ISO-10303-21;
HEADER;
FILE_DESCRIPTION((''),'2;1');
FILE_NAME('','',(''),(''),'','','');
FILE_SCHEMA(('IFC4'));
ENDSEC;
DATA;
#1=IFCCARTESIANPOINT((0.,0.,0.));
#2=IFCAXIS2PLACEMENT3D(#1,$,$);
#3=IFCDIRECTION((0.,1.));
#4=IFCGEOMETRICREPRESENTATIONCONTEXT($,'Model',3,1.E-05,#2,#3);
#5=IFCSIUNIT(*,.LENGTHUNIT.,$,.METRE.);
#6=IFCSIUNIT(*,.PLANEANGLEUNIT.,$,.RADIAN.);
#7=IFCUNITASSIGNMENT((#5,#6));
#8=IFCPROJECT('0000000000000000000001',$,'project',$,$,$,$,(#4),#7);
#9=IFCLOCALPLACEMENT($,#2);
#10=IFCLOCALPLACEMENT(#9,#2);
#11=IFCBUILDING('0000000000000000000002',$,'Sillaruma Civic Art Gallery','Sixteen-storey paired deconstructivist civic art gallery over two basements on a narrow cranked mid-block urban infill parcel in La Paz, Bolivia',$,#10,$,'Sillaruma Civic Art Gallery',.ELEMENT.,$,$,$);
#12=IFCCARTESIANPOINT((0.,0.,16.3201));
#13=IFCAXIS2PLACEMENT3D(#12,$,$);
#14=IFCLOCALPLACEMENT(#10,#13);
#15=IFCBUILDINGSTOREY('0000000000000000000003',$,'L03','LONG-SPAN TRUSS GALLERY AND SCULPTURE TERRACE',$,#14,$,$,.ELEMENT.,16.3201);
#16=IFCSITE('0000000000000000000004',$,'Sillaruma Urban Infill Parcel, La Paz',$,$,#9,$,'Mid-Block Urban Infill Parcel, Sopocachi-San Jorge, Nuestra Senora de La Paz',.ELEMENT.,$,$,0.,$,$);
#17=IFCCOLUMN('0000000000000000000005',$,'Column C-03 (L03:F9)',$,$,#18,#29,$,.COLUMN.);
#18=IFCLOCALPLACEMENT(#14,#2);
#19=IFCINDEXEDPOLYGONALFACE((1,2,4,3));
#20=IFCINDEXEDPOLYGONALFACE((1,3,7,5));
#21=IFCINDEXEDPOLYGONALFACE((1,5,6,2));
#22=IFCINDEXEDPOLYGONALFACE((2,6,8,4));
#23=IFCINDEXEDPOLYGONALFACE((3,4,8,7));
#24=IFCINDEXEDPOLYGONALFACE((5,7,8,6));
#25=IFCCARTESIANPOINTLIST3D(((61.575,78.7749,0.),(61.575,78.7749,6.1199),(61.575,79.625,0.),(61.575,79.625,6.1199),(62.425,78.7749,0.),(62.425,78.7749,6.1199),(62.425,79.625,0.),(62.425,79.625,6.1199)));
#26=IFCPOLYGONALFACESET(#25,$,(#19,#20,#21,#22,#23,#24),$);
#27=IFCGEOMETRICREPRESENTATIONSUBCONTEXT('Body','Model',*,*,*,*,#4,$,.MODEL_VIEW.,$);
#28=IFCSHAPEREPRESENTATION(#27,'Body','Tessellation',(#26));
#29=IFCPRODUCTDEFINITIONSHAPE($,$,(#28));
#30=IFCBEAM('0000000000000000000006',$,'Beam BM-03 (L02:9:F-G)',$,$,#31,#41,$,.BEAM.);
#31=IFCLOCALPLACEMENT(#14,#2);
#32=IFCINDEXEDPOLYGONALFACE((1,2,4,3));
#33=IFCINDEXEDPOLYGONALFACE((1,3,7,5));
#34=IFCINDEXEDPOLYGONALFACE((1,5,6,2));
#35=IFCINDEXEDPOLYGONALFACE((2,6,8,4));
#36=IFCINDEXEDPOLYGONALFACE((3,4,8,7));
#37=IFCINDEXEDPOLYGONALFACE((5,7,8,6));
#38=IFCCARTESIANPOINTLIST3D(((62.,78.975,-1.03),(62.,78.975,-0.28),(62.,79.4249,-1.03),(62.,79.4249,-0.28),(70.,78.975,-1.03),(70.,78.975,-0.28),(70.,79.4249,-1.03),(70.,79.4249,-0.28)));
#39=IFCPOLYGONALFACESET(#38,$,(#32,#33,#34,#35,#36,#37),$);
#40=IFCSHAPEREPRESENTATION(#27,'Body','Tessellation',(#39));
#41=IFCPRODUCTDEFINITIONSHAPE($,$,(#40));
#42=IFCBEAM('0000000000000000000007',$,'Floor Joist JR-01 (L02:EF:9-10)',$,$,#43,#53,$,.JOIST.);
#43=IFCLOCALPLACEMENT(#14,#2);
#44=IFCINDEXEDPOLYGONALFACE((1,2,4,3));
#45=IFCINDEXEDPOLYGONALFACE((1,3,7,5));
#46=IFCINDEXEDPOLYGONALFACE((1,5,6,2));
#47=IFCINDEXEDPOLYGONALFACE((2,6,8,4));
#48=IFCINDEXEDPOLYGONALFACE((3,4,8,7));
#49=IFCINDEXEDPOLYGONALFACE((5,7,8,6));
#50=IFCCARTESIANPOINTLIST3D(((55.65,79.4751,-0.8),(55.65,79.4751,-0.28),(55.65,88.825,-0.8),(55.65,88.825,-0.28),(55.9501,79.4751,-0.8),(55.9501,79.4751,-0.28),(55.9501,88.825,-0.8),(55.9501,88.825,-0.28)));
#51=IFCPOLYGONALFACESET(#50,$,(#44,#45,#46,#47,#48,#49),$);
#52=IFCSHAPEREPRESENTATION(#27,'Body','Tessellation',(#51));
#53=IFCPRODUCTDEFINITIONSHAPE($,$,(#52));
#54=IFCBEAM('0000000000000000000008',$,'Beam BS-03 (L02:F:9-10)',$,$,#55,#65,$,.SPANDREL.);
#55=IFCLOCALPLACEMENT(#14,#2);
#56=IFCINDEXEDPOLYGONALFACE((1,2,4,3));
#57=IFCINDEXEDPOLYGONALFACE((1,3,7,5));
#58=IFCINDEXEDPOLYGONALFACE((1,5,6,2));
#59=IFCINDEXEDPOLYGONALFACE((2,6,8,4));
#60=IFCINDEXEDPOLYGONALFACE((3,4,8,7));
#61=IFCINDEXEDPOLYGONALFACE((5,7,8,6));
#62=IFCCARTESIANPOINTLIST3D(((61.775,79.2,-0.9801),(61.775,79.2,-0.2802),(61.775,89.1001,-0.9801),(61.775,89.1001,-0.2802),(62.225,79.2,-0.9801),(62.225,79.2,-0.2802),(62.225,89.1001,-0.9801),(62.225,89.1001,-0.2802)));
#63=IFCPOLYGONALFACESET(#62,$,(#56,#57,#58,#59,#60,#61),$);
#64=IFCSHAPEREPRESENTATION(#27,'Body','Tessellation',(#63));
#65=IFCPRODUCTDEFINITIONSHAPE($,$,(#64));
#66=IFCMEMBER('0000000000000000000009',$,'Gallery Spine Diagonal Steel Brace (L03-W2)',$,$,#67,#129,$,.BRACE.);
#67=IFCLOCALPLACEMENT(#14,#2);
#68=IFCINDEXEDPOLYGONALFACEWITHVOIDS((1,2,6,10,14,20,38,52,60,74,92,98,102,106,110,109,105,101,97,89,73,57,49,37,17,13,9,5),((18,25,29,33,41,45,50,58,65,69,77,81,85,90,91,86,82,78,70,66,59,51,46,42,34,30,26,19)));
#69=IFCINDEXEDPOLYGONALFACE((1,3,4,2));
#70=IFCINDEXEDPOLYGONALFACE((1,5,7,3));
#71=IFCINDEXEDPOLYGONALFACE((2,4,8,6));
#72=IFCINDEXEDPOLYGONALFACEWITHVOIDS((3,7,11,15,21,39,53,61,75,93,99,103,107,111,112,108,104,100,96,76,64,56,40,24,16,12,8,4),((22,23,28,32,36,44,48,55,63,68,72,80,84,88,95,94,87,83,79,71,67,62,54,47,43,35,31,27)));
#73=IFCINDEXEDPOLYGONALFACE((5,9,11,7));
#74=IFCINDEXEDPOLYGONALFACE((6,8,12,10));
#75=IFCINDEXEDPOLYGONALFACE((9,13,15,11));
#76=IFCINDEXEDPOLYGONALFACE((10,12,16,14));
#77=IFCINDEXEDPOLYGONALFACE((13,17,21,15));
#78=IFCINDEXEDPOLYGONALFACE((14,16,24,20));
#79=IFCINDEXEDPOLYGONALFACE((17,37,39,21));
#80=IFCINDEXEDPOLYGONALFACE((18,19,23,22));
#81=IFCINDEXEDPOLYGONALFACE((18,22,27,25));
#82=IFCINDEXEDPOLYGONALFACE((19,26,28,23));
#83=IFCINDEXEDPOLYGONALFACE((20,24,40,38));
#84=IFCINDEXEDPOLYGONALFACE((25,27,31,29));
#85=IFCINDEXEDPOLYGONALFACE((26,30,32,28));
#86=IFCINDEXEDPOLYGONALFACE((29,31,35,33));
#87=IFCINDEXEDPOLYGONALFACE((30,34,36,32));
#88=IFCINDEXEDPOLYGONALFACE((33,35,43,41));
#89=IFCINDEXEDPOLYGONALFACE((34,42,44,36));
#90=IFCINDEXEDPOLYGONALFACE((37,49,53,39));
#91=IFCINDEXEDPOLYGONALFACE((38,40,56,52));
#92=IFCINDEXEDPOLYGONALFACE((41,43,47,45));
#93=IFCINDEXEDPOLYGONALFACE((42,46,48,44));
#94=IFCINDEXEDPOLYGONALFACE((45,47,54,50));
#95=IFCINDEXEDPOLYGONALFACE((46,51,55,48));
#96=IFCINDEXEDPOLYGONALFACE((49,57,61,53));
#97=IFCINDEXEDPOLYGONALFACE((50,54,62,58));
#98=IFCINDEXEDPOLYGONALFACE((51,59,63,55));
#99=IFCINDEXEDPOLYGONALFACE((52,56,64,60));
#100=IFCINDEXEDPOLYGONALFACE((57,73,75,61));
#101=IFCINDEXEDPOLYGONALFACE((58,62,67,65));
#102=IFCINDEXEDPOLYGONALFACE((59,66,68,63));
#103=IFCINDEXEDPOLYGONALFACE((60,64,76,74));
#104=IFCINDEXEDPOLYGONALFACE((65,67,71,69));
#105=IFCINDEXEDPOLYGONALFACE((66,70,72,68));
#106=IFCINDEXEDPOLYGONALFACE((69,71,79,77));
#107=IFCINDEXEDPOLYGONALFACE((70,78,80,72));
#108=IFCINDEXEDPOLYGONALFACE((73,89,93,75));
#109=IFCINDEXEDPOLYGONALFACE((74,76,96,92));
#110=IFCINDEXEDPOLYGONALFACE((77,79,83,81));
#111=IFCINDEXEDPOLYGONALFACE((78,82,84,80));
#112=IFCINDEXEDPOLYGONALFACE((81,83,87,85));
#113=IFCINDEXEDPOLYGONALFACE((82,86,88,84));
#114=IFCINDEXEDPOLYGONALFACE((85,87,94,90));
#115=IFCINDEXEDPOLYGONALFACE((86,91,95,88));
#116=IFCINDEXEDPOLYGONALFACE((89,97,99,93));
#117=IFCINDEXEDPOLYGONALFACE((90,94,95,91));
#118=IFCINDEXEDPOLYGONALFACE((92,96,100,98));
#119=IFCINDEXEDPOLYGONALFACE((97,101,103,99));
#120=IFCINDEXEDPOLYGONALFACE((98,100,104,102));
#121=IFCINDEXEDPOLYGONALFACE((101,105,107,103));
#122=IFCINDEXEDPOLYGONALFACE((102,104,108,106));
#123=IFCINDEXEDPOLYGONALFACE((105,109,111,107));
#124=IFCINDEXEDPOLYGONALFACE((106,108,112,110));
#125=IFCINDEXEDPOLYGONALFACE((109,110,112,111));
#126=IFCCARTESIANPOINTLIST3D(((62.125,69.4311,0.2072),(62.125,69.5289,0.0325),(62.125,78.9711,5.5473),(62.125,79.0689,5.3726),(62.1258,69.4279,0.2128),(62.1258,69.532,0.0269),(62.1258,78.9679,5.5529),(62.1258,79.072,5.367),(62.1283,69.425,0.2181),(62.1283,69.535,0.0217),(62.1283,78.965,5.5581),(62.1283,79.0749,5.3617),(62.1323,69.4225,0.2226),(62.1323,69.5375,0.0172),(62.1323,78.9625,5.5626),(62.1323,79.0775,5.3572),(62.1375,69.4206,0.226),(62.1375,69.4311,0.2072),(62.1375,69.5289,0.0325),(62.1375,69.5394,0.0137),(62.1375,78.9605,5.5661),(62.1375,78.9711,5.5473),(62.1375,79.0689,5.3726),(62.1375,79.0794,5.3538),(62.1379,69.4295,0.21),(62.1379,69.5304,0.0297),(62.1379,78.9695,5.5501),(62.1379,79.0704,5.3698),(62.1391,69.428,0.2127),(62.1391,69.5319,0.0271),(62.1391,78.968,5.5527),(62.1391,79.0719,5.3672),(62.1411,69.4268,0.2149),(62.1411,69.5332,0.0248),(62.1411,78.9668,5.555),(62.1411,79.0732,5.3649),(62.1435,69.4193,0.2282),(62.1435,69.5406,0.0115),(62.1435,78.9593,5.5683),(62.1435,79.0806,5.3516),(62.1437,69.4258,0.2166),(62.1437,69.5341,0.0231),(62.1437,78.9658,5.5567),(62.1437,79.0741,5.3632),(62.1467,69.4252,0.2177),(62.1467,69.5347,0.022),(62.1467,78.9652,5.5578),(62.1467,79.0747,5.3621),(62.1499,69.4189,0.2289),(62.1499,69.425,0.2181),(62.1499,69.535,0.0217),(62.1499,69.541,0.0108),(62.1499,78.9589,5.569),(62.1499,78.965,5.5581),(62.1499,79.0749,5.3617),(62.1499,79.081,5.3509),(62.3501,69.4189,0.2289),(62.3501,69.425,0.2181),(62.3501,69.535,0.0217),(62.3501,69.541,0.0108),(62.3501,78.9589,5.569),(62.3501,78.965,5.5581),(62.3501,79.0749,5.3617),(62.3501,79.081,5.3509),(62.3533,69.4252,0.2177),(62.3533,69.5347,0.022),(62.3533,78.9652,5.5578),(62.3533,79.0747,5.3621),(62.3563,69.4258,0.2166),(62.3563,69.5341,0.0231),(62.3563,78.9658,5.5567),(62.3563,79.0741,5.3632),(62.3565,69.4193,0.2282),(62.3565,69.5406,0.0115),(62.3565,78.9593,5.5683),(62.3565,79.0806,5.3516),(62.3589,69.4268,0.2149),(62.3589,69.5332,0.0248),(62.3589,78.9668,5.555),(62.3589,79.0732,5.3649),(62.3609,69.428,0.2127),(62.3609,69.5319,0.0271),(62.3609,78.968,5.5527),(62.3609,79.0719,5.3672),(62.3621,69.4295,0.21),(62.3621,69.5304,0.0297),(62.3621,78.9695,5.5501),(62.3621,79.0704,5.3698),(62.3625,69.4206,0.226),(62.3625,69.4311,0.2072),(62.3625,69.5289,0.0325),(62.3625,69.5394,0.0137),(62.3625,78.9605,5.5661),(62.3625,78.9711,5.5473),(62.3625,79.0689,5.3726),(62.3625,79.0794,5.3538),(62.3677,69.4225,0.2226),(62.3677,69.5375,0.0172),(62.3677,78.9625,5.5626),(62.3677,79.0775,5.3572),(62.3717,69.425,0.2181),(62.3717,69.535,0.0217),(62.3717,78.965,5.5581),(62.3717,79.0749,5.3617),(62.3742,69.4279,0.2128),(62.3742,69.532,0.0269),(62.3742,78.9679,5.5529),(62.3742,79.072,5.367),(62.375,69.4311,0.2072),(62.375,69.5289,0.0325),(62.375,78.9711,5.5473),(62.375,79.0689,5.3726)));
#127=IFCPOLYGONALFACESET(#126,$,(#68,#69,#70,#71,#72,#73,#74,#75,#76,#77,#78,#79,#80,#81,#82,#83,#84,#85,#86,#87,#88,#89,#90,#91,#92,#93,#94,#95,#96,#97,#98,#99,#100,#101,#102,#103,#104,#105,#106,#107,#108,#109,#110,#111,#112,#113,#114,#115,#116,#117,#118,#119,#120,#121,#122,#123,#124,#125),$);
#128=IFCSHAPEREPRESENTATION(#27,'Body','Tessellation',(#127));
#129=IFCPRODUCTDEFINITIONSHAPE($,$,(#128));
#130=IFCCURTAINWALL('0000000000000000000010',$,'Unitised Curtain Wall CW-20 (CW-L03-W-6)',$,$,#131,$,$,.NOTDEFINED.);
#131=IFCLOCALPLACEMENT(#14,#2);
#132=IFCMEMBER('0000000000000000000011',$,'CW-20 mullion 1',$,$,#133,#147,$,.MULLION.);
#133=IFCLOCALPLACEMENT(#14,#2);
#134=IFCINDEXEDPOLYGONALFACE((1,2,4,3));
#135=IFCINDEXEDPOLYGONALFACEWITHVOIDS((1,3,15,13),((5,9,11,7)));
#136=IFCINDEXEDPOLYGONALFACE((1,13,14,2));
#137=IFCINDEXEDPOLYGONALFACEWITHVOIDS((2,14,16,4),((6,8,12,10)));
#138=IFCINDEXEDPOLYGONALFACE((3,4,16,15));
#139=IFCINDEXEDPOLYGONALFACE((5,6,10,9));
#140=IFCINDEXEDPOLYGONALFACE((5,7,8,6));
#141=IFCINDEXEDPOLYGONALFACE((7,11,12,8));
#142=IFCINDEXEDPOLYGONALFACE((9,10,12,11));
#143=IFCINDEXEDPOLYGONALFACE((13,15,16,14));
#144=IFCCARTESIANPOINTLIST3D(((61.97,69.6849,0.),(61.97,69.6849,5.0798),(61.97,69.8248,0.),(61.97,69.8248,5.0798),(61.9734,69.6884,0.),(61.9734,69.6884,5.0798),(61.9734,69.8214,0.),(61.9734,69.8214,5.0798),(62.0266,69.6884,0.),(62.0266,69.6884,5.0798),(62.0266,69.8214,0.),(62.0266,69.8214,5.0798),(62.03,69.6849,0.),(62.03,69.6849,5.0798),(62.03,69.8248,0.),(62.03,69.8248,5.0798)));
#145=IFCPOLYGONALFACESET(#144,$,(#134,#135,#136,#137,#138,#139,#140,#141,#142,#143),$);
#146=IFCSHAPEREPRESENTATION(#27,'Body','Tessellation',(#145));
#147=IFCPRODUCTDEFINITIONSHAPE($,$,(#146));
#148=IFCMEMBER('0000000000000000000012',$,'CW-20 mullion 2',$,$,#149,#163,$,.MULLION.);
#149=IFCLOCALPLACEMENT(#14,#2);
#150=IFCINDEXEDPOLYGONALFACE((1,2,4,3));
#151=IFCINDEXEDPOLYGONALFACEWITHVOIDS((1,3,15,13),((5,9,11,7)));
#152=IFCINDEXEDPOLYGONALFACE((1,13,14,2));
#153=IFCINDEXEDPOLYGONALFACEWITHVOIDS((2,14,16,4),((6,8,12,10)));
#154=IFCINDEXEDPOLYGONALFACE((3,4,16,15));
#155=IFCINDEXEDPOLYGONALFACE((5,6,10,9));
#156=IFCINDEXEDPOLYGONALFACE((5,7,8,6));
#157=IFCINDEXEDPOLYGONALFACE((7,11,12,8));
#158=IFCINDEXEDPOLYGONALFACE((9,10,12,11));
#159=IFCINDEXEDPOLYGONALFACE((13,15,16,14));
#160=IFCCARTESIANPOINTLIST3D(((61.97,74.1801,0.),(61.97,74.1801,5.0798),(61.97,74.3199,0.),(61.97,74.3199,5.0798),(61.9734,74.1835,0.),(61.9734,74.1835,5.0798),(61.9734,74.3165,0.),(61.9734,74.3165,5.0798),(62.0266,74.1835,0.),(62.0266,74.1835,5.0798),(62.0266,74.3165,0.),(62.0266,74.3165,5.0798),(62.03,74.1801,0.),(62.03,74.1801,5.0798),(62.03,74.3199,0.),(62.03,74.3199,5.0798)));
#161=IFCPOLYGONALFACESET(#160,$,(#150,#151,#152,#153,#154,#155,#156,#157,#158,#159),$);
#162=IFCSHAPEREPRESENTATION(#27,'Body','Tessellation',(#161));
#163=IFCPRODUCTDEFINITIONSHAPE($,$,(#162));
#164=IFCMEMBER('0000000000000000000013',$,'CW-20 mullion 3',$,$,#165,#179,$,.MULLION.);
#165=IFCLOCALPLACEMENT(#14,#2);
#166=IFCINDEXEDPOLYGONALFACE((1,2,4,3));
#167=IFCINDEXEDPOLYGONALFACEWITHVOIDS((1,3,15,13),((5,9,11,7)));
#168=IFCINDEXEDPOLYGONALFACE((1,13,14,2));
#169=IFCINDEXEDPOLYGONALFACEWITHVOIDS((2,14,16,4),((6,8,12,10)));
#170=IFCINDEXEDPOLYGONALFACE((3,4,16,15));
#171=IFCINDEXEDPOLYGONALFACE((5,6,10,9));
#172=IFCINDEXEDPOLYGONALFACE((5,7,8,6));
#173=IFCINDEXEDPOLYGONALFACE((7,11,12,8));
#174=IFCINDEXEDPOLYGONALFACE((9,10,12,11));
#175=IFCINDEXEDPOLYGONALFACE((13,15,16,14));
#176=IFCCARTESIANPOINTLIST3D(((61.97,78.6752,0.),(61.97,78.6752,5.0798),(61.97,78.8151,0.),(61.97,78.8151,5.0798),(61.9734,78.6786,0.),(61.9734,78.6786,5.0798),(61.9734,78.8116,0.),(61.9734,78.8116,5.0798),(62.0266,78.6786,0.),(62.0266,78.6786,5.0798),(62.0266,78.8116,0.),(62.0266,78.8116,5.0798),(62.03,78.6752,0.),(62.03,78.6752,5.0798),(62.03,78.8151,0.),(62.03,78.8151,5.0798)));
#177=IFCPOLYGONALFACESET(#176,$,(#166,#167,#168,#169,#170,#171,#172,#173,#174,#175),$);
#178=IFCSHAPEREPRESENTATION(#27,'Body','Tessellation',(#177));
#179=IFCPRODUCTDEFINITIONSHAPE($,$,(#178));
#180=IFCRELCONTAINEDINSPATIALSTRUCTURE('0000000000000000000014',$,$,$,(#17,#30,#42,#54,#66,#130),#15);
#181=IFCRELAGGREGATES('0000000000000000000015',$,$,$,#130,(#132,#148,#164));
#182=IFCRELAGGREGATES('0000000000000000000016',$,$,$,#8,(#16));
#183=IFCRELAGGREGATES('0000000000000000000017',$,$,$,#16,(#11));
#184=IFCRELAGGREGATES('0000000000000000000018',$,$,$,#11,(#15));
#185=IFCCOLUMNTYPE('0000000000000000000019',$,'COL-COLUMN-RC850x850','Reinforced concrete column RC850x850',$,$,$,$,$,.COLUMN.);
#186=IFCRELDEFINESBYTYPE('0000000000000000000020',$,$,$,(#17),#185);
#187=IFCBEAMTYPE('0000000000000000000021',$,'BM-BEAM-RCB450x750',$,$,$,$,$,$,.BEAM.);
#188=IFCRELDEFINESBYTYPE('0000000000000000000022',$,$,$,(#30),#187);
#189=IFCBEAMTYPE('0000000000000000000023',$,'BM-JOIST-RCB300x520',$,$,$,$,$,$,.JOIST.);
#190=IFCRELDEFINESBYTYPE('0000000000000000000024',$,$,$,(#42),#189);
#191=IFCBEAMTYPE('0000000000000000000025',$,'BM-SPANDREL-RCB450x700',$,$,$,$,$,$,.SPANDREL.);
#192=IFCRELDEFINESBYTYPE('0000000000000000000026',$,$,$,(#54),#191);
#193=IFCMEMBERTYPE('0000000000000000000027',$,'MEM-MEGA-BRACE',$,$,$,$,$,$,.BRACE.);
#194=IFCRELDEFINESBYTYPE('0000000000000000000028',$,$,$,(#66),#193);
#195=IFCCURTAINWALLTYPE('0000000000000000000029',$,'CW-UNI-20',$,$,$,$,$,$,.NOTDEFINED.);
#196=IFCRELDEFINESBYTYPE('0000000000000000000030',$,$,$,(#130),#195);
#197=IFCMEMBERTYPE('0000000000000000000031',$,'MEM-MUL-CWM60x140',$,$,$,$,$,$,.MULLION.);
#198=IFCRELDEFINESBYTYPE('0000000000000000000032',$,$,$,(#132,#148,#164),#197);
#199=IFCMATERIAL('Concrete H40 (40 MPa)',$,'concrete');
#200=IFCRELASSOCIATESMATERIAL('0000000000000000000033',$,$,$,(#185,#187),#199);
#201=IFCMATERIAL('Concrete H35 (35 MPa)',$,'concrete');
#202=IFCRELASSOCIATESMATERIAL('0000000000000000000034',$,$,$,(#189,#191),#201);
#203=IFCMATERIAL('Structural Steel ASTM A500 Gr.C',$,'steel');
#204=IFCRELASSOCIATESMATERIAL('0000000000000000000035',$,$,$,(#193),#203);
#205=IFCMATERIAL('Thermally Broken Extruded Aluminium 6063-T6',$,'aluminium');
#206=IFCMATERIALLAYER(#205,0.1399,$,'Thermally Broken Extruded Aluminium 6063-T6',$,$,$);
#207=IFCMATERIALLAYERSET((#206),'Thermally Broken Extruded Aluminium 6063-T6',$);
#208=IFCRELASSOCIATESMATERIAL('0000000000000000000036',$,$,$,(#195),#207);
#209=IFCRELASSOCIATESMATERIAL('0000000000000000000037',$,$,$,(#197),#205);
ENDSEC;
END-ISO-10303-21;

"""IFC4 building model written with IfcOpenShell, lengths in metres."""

from ifc_helpers import new_model, si_unit, direction, frame, origin, origin_2d, place, context, subcontext, project, spatial, rectangle, hollow_rectangle, extrude, material, layer, layer_set, material_profile, profile_set, type_object, element, aggregate, save


model = new_model("IFC4")

# Units and contexts
model_context = context("Model", 3, precision=1e-05, world=origin(), true_north=direction((0.0, 1.0)))
body_context = subcontext(model_context, "Body", "Model", "MODEL_VIEW")
ifc_project = project(units=[si_unit("LENGTHUNIT", "METRE"), si_unit("PLANEANGLEUNIT", "RADIAN")], contexts=[model_context])

# Site, building, storey
site_placement = place(None, origin())
site = spatial("IfcSite", under=ifc_project, at=site_placement, Name="Sillaruma Urban Infill Parcel, La Paz", LongName="Mid-Block Urban Infill Parcel, Sopocachi-San Jorge, Nuestra Senora de La Paz", CompositionType="ELEMENT", RefElevation=0.0)
building_placement = place(site_placement, origin())
building = spatial("IfcBuilding", under=site, at=building_placement, Name="Sillaruma Civic Art Gallery", Description="Sixteen-storey paired deconstructivist civic art gallery over two basements on a narrow cranked mid-block urban infill parcel in La Paz, Bolivia", LongName="Sillaruma Civic Art Gallery", CompositionType="ELEMENT")
storey_placement = place(building_placement, frame((0.0, 0.0, 16.3201)))
storey = spatial("IfcBuildingStorey", under=building, at=storey_placement, Name="L03", Description="LONG-SPAN TRUSS GALLERY AND SCULPTURE TERRACE", CompositionType="ELEMENT", Elevation=16.3201)

# Column
ifc_material_1 = material(Name="Concrete H40 (40 MPa)", Category="concrete")
ifc_material_profile_1 = material_profile(ifc_material_1, rectangle(XDim=0.8501, YDim=0.8501, at=origin_2d()), Name="RC850x850")
ifc_profile_set_1 = profile_set([ifc_material_profile_1], Name="Concrete H40 (40 MPa)")
column_type = type_object("IfcColumnType", Name="COL-COLUMN-RC850x850", Description="Reinforced concrete column RC850x850", PredefinedType="COLUMN", material=ifc_profile_set_1)
column_placement = place(storey_placement, frame((62.0, 79.2, 0.0), z_axis=(0.0, 0.0, 1.0), x_axis=(1.0, 0.0, 0.0)))
element("IfcColumn", 1, at=column_placement, inside=storey, type_object=column_type, Name="Column C-03 (L03:F9)", PredefinedType="COLUMN", context=body_context, shape_type="SweptSolid", body=[
    extrude(rectangle(XDim=0.8501, YDim=0.8501, at=origin_2d()), origin(), (0.0, 0.0, 1.0), 6.1199),
])

# Beams
ifc_material_profile_2 = material_profile(ifc_material_1, rectangle(XDim=0.45, YDim=0.75, at=origin_2d()), Name="RCB450x750")
ifc_profile_set_2 = profile_set([ifc_material_profile_2], Name="Concrete H40 (40 MPa)")
beam_type_1 = type_object("IfcBeamType", Name="BM-BEAM-RCB450x750", PredefinedType="BEAM", material=ifc_profile_set_2)
beam_1_placement = place(storey_placement, frame((62.0, 79.2, -0.655), z_axis=(1.0, 0.0, 0.0), x_axis=(0.0, 1.0, 0.0)))
element("IfcBeam", 2, at=beam_1_placement, inside=storey, type_object=beam_type_1, Name="Beam BM-03 (L02:9:F-G)", PredefinedType="BEAM", context=body_context, shape_type="SweptSolid", body=[
    extrude(rectangle(XDim=0.45, YDim=0.75, at=origin_2d()), origin(), (0.0, 0.0, 1.0), 8.0),
])
ifc_material_2 = material(Name="Concrete H35 (35 MPa)", Category="concrete")
ifc_material_profile_3 = material_profile(ifc_material_2, rectangle(XDim=0.3, YDim=0.52, at=origin_2d()), Name="RCB300x520")
ifc_profile_set_3 = profile_set([ifc_material_profile_3], Name="Concrete H35 (35 MPa)")
beam_type_2 = type_object("IfcBeamType", Name="BM-JOIST-RCB300x520", PredefinedType="JOIST", material=ifc_profile_set_3)
beam_2_placement = place(storey_placement, frame((55.8, 79.4751, -0.54), z_axis=(0.0, 1.0, 0.0), x_axis=(-1.0, 0.0, 0.0)))
element("IfcBeam", 3, at=beam_2_placement, inside=storey, type_object=beam_type_2, Name="Floor Joist JR-01 (L02:EF:9-10)", PredefinedType="JOIST", context=body_context, shape_type="SweptSolid", body=[
    extrude(rectangle(XDim=0.3, YDim=0.52, at=origin_2d()), origin(), (0.0, 0.0, 1.0), 9.3499),
])
ifc_material_profile_4 = material_profile(ifc_material_2, rectangle(XDim=0.45, YDim=0.7, at=origin_2d()), Name="RCB450x700")
ifc_profile_set_4 = profile_set([ifc_material_profile_4], Name="Concrete H35 (35 MPa)")
beam_type_3 = type_object("IfcBeamType", Name="BM-SPANDREL-RCB450x700", PredefinedType="SPANDREL", material=ifc_profile_set_4)
beam_3_placement = place(storey_placement, frame((62.0, 79.2, -0.6301), z_axis=(0.0, 1.0, 0.0), x_axis=(-1.0, 0.0, 0.0)))
element("IfcBeam", 4, at=beam_3_placement, inside=storey, type_object=beam_type_3, Name="Beam BS-03 (L02:F:9-10)", PredefinedType="SPANDREL", context=body_context, shape_type="SweptSolid", body=[
    extrude(rectangle(XDim=0.45, YDim=0.7, at=origin_2d()), origin(), (0.0, 0.0, 1.0), 9.9001),
])

# Member
ifc_material_3 = material(Name="Structural Steel ASTM A500 Gr.C", Category="steel")
ifc_material_profile_5 = material_profile(ifc_material_3, hollow_rectangle(XDim=0.25, YDim=0.25, WallThickness=0.0125, InnerFilletRadius=0.0125, OuterFilletRadius=0.0249, at=origin_2d()), Name="HSS250x250x12.5")
ifc_profile_set_5 = profile_set([ifc_material_profile_5], Name="Structural Steel ASTM A500 Gr.C")
member_type_1 = type_object("IfcMemberType", Name="MEM-MEGA-BRACE", PredefinedType="BRACE", material=ifc_profile_set_5)
member_1_placement = place(storey_placement, frame((62.25, 69.48, 0.1199), z_axis=(0.0, 0.872597, 0.488441), x_axis=(-1.0, 0.0, 0.0)))
element("IfcMember", 5, at=member_1_placement, inside=storey, type_object=member_type_1, Name="Gallery Spine Diagonal Steel Brace (L03-W2)", PredefinedType="BRACE", context=body_context, shape_type="SweptSolid", body=[
    extrude(hollow_rectangle(XDim=0.25, YDim=0.25, WallThickness=0.0125, InnerFilletRadius=0.0125, OuterFilletRadius=0.0249, at=origin_2d()), origin(), (0.0, 0.0, 1.0), 10.9329),
])

# Curtain wall, members
ifc_material_4 = material(Name="Thermally Broken Extruded Aluminium 6063-T6", Category="aluminium")
ifc_layer_1 = layer(ifc_material_4, 0.1399, Name="Thermally Broken Extruded Aluminium 6063-T6")
ifc_layer_set_1 = layer_set([ifc_layer_1], Name="Thermally Broken Extruded Aluminium 6063-T6")
curtain_wall_type = type_object("IfcCurtainWallType", Name="CW-UNI-20", PredefinedType="NOTDEFINED", material=ifc_layer_set_1)
curtain_wall_placement = place(storey_placement, origin())
curtain_wall = element("IfcCurtainWall", 6, at=curtain_wall_placement, inside=storey, type_object=curtain_wall_type, Name="Unitised Curtain Wall CW-20 (CW-L03-W-6)", PredefinedType="NOTDEFINED")
ifc_material_profile_6 = material_profile(ifc_material_4, hollow_rectangle(XDim=0.0601, YDim=0.1399, WallThickness=0.0034, at=origin_2d()), Name="CWM60x140")
ifc_profile_set_6 = profile_set([ifc_material_profile_6], Name="Thermally Broken Extruded Aluminium 6063-T6")
member_type_2 = type_object("IfcMemberType", Name="MEM-MUL-CWM60x140", PredefinedType="MULLION", material=ifc_profile_set_6)
member_2_placement = place(storey_placement, frame((62.0, 69.7549, 0.0), z_axis=(0.0, 0.0, 1.0), x_axis=(-1.0, 0.0, 0.0)))
member_2 = element("IfcMember", 7, at=member_2_placement, type_object=member_type_2, Name="CW-20 mullion 1", PredefinedType="MULLION", context=body_context, shape_type="SweptSolid", body=[
    extrude(hollow_rectangle(XDim=0.0601, YDim=0.1399, WallThickness=0.0034, at=origin_2d()), origin(), (0.0, 0.0, 1.0), 5.0798),
])
member_3_placement = place(storey_placement, frame((62.0, 74.25, 0.0), z_axis=(0.0, 0.0, 1.0), x_axis=(-1.0, 0.0, 0.0)))
member_3 = element("IfcMember", 8, at=member_3_placement, type_object=member_type_2, Name="CW-20 mullion 2", PredefinedType="MULLION", context=body_context, shape_type="SweptSolid", body=[
    extrude(hollow_rectangle(XDim=0.0601, YDim=0.1399, WallThickness=0.0034, at=origin_2d()), origin(), (0.0, 0.0, 1.0), 5.0798),
])
member_4_placement = place(storey_placement, frame((62.0, 78.7451, 0.0), z_axis=(0.0, 0.0, 1.0), x_axis=(-1.0, 0.0, 0.0)))
member_4 = element("IfcMember", 9, at=member_4_placement, type_object=member_type_2, Name="CW-20 mullion 3", PredefinedType="MULLION", context=body_context, shape_type="SweptSolid", body=[
    extrude(hollow_rectangle(XDim=0.0601, YDim=0.1399, WallThickness=0.0034, at=origin_2d()), origin(), (0.0, 0.0, 1.0), 5.0798),
])
aggregate(curtain_wall, [member_2, member_3, member_4])

save(model, "model.ifc")
